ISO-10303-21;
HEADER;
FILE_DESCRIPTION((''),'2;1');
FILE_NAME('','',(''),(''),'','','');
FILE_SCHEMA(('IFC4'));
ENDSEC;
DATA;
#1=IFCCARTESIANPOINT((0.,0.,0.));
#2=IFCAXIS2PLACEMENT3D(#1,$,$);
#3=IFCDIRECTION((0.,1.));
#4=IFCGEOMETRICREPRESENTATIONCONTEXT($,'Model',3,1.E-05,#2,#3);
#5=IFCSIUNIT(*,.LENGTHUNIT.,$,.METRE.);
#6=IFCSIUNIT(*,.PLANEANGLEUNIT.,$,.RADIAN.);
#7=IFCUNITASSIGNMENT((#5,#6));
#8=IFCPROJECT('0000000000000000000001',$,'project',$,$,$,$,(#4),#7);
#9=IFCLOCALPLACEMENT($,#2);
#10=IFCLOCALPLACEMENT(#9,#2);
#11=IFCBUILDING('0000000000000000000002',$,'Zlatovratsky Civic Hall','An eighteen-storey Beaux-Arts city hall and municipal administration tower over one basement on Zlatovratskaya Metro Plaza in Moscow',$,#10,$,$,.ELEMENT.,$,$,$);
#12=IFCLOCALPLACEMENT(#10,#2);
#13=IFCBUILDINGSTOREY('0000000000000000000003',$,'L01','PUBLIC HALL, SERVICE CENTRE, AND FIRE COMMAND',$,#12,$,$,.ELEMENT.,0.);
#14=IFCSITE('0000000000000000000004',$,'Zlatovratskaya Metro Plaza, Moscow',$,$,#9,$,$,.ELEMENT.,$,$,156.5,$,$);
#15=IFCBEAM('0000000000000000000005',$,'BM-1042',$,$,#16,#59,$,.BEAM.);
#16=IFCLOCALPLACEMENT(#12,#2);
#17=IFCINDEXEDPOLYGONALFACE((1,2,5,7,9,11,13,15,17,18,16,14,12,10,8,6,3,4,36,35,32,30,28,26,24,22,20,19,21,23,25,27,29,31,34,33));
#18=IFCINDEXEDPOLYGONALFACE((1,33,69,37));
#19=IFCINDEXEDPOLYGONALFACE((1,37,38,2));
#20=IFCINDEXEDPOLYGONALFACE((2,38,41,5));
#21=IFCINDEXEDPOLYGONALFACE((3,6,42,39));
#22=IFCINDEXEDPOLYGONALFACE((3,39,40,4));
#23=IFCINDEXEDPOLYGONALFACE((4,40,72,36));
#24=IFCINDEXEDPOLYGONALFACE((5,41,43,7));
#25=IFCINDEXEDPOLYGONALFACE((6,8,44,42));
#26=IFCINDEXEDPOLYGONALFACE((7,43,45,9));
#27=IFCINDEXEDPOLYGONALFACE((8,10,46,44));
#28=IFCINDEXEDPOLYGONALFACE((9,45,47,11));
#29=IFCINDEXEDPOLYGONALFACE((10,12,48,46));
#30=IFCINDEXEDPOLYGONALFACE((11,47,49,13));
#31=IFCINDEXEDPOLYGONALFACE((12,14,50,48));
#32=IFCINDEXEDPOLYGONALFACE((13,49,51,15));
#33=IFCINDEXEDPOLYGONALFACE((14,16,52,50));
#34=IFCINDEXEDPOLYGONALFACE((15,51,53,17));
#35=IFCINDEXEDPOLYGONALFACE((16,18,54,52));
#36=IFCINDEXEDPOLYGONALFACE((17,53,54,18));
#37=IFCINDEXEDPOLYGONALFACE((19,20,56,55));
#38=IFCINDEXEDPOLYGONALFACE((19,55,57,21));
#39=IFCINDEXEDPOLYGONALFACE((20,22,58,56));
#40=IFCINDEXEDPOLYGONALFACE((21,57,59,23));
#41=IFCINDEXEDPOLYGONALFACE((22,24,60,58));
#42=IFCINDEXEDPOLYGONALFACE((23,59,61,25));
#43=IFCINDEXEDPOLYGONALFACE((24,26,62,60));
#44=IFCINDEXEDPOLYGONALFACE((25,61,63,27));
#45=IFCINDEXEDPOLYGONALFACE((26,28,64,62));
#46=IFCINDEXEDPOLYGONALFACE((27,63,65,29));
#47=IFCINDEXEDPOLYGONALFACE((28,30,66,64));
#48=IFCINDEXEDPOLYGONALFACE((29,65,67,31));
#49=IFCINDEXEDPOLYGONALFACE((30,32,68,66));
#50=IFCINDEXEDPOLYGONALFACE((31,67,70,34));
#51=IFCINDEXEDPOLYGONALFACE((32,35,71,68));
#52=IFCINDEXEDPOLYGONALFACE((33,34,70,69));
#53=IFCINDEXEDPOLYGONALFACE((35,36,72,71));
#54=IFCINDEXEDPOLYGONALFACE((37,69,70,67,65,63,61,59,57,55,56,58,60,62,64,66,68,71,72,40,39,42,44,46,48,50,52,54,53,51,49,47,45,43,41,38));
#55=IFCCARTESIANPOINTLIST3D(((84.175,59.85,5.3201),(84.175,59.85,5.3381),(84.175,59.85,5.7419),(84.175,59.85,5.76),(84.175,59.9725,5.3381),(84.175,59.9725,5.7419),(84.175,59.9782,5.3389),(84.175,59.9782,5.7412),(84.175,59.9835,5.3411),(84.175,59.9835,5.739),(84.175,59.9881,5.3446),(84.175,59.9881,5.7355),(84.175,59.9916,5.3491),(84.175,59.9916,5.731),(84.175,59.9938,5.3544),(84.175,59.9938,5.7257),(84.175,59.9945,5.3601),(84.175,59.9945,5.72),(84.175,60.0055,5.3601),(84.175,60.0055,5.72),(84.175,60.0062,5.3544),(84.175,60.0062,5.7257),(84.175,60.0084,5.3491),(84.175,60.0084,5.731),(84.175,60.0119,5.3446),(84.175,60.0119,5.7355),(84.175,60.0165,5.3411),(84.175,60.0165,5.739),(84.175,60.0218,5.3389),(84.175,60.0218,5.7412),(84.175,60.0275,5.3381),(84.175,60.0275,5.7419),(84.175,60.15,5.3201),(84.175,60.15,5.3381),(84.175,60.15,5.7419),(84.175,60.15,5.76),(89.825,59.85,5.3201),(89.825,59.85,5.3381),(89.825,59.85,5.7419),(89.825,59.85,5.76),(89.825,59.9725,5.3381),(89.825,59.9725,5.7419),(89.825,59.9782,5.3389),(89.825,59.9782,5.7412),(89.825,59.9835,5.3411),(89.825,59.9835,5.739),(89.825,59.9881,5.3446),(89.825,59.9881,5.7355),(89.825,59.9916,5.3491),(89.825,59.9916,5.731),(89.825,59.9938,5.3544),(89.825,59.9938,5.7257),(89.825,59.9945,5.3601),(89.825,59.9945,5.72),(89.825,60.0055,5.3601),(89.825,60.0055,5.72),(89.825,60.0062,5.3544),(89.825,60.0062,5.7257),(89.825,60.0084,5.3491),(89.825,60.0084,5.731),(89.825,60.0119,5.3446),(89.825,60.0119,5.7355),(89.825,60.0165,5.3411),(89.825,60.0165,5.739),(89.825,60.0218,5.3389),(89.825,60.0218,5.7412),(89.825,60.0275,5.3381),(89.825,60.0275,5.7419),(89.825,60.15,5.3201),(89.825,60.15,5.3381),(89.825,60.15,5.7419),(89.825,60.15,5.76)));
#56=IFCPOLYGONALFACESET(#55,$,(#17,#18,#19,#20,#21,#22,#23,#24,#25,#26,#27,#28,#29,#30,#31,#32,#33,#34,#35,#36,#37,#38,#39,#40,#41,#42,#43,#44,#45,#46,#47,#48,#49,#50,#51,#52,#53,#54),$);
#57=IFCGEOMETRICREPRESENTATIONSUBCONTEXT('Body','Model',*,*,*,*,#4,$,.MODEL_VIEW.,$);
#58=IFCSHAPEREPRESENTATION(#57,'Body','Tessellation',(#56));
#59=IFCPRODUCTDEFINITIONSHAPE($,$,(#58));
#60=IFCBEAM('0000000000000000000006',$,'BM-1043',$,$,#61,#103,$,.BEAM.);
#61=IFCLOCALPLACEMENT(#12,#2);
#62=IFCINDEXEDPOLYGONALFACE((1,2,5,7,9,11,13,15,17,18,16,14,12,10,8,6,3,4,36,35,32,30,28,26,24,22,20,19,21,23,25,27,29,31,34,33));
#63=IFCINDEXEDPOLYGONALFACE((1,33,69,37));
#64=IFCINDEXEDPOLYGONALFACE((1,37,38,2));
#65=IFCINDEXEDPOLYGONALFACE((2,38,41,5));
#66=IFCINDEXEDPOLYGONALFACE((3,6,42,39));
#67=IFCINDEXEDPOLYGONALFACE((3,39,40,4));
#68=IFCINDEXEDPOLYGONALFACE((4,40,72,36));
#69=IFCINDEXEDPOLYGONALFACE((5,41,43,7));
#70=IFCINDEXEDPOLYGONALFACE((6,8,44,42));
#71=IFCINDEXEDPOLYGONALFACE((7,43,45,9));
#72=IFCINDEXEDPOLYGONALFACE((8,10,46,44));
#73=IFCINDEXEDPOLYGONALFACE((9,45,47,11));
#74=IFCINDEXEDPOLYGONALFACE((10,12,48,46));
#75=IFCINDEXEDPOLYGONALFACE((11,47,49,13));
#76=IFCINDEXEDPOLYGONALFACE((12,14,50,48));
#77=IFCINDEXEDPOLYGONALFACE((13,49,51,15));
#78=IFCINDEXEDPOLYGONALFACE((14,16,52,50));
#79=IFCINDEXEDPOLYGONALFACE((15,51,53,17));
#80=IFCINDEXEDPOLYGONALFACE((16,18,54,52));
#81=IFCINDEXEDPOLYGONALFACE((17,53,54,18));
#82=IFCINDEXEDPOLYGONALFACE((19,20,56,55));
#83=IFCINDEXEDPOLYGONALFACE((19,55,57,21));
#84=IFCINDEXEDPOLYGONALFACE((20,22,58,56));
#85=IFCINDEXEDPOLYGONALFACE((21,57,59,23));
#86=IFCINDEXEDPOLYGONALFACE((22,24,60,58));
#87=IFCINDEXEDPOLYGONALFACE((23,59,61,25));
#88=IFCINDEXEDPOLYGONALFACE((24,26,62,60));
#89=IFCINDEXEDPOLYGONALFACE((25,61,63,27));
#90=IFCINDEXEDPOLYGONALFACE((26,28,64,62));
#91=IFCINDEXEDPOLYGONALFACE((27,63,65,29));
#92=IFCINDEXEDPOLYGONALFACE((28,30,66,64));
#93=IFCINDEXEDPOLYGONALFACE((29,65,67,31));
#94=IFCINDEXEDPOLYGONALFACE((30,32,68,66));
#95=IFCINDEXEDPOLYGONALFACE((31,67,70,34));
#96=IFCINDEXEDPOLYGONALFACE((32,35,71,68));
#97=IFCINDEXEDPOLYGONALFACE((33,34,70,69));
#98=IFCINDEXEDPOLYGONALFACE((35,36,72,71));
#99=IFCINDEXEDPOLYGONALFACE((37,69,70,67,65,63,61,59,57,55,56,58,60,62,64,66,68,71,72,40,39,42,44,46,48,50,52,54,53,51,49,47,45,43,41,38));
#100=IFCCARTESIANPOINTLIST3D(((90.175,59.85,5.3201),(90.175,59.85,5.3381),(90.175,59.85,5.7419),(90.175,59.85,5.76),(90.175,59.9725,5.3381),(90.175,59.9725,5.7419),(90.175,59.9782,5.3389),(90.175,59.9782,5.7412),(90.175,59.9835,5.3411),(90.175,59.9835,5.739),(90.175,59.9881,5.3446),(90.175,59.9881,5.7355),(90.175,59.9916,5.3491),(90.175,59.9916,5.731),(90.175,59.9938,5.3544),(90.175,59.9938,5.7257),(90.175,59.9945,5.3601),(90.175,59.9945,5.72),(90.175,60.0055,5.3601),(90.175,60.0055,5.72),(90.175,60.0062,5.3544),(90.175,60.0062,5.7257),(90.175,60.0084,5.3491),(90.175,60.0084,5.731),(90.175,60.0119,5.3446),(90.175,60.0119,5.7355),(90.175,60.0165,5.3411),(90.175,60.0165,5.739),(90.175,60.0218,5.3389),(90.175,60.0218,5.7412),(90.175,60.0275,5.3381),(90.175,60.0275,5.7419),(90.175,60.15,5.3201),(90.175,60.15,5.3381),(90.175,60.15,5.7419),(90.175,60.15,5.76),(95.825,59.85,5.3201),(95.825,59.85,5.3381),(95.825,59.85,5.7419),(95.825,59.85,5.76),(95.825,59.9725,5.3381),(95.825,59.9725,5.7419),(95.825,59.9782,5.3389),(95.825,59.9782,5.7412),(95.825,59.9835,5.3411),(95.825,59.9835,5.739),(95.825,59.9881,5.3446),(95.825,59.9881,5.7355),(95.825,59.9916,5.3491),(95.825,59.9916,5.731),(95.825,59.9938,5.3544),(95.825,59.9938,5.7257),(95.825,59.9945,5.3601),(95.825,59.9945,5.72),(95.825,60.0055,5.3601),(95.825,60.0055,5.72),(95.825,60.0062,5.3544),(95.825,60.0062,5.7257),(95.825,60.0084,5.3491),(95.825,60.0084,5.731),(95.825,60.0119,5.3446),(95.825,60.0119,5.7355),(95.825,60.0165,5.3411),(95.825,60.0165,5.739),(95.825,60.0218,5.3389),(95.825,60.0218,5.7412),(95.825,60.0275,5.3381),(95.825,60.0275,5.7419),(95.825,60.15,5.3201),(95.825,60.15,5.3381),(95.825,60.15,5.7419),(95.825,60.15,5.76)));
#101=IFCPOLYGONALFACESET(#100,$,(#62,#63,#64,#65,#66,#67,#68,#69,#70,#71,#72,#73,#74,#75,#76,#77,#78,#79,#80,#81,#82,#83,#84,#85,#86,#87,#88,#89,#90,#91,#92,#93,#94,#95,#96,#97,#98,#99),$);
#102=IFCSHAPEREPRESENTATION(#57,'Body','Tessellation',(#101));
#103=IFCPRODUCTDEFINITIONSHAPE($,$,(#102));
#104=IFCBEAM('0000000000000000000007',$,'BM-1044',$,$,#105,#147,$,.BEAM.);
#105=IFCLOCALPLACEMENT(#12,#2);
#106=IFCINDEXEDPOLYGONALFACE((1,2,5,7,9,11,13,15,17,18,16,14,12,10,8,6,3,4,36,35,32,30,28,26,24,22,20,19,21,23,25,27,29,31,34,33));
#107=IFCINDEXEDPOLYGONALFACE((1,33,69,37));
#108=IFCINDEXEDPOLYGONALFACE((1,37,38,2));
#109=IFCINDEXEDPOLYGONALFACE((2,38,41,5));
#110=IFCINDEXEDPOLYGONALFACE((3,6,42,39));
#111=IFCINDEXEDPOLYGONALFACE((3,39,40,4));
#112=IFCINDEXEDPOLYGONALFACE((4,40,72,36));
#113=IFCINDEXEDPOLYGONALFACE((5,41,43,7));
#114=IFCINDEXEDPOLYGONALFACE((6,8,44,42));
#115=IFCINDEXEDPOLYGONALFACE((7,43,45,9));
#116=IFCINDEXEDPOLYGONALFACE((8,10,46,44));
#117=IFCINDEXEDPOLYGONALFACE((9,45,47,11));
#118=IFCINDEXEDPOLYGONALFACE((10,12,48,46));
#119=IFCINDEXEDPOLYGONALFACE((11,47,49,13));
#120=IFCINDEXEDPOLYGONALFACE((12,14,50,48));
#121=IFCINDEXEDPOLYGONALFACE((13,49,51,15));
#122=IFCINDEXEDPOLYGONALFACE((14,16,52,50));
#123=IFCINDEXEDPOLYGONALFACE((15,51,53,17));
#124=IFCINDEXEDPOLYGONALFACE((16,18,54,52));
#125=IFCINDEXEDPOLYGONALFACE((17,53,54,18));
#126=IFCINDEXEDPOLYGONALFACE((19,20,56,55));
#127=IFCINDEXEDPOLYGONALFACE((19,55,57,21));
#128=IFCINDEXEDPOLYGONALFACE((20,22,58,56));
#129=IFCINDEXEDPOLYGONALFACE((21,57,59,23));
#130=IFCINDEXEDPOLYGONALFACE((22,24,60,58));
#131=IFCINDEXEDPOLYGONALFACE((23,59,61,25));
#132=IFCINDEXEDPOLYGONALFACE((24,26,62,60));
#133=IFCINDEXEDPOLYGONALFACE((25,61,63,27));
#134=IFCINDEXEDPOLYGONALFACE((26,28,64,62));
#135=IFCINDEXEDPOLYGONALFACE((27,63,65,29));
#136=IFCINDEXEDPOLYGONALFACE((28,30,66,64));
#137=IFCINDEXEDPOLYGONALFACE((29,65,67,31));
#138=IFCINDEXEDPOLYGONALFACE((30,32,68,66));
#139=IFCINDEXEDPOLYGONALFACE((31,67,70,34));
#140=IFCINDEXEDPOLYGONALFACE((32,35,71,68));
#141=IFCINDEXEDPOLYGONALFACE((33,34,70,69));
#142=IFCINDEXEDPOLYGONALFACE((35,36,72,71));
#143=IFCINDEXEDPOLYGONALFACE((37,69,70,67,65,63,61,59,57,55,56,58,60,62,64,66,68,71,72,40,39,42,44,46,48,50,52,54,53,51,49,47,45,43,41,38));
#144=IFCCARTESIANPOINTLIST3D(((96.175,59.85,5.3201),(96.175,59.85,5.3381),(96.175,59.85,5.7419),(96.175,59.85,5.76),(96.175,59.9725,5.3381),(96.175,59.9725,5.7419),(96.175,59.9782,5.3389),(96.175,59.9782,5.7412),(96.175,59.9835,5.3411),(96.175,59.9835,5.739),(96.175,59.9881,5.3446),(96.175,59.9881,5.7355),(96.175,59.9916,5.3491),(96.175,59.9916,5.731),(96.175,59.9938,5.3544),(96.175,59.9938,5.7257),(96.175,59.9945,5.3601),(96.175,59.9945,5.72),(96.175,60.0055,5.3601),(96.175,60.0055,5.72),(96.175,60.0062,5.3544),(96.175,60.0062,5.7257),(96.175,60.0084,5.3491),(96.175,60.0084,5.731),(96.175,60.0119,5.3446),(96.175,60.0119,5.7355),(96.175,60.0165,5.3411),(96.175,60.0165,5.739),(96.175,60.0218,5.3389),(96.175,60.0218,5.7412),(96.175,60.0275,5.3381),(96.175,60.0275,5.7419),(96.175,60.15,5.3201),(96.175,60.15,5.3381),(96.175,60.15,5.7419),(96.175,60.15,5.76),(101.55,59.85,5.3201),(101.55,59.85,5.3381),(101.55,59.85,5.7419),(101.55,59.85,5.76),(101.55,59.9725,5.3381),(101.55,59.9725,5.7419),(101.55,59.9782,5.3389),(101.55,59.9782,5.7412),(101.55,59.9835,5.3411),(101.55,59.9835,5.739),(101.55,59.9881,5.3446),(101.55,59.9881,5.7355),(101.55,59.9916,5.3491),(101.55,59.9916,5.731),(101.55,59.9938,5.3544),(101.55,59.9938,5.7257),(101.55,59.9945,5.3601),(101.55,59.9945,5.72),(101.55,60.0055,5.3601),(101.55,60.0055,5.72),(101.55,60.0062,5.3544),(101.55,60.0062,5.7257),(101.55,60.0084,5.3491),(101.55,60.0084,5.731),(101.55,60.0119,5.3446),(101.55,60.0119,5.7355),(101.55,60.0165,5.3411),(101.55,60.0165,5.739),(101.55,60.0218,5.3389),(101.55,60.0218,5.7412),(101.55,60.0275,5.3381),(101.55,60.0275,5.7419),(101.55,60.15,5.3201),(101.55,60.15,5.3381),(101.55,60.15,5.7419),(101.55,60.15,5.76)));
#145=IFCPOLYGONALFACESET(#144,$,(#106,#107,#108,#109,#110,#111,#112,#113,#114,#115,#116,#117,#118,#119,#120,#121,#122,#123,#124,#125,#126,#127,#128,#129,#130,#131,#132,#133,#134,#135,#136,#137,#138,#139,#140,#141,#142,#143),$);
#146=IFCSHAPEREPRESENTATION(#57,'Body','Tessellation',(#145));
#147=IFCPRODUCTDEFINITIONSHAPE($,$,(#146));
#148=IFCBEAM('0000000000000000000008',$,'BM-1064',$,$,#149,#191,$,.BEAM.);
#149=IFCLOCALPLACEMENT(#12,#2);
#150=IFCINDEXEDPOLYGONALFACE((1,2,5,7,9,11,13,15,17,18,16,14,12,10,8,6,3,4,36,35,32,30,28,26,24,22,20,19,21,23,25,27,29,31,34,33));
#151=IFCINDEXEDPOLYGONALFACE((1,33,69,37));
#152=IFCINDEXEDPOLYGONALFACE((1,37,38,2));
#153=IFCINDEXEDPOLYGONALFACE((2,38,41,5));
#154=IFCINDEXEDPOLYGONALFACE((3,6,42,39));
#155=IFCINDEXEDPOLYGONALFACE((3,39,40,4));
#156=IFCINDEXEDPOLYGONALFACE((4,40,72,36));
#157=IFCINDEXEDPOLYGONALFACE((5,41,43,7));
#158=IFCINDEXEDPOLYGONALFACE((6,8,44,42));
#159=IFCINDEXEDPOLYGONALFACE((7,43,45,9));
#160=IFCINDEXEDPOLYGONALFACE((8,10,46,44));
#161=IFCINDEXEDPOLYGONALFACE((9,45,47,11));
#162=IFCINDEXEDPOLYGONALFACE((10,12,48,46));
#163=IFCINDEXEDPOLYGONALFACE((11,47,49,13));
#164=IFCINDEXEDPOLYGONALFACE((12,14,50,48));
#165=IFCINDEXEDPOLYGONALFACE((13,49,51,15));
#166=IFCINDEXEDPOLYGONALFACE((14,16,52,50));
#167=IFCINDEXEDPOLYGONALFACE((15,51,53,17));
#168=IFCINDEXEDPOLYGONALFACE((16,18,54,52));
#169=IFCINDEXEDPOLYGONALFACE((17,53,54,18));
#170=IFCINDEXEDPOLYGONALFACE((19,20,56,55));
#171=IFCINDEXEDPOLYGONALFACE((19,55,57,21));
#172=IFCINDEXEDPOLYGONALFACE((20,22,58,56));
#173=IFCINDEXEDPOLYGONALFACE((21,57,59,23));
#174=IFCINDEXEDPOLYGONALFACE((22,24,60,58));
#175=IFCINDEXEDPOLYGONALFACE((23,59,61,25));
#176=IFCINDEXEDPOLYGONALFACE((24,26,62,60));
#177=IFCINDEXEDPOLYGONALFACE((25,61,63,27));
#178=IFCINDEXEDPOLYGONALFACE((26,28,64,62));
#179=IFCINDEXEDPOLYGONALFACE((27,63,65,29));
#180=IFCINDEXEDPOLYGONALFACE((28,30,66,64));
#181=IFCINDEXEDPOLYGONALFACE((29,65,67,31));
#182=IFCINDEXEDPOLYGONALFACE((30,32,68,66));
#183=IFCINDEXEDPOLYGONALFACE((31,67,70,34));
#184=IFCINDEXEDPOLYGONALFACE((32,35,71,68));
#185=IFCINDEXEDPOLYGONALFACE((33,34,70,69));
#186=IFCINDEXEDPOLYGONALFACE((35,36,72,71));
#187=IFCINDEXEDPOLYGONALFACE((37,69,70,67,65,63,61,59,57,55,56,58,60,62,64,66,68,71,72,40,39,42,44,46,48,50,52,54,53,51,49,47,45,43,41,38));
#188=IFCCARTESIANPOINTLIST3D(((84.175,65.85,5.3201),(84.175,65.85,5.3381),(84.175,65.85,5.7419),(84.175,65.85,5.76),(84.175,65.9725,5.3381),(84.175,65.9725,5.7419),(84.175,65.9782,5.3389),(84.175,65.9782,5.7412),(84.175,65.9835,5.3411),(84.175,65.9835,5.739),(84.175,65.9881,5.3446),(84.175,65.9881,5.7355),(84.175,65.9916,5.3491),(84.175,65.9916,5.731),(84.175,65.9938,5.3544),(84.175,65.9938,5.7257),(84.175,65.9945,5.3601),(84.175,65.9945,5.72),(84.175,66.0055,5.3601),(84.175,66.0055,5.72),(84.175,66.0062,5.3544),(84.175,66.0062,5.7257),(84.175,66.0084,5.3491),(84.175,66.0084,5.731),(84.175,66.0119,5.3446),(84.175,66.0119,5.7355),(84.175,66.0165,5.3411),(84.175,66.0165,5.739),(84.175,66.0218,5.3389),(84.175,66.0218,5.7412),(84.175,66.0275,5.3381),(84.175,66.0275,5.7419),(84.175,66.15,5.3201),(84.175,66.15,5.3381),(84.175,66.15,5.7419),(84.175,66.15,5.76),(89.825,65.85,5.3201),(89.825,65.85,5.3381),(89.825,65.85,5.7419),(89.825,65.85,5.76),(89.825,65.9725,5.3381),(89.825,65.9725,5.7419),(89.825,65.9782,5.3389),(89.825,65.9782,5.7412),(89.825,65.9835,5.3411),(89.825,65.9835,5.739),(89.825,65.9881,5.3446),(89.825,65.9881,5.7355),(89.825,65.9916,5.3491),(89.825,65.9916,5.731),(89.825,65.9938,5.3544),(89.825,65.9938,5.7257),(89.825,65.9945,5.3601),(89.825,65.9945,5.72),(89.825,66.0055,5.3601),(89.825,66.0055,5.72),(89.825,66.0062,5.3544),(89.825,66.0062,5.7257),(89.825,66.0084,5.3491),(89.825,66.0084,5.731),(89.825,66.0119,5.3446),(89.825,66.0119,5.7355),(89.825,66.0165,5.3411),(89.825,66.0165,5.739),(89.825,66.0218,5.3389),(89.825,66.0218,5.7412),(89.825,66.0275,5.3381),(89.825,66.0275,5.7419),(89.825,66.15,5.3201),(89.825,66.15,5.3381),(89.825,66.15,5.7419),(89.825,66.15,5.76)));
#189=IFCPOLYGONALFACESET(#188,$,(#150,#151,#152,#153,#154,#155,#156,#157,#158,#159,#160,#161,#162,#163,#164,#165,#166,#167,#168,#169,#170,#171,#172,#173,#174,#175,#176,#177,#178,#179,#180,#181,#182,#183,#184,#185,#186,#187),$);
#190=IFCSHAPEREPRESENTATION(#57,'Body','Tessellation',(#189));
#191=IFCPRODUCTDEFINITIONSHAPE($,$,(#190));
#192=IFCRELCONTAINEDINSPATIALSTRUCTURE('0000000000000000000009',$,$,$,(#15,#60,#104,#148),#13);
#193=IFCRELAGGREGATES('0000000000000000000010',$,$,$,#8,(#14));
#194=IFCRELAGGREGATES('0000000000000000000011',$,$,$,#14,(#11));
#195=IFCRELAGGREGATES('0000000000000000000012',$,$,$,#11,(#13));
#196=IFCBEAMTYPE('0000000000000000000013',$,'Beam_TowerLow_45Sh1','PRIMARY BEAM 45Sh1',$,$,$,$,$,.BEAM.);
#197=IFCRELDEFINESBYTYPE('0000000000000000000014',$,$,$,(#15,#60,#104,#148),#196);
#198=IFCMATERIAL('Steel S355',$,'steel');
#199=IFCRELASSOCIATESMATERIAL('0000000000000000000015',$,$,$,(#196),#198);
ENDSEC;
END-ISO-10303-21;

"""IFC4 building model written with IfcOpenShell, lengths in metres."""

from ifc_helpers import new_model, si_unit, direction, frame, origin, origin_2d, place, context, subcontext, project, spatial, i_section, extrude, material, material_profile, profile_set, type_object, element, save


model = new_model("IFC4")

# Units and contexts
model_context = context("Model", 3, precision=1e-05, world=origin(), true_north=direction((0.0, 1.0)))
body_context = subcontext(model_context, "Body", "Model", "MODEL_VIEW")
ifc_project = project(units=[si_unit("LENGTHUNIT", "METRE"), si_unit("PLANEANGLEUNIT", "RADIAN")], contexts=[model_context])

# Site, building, storey
site_placement = place(None, origin())
site = spatial("IfcSite", under=ifc_project, at=site_placement, Name="Zlatovratskaya Metro Plaza, Moscow", CompositionType="ELEMENT", RefElevation=156.5)
building_placement = place(site_placement, origin())
building = spatial("IfcBuilding", under=site, at=building_placement, Name="Zlatovratsky Civic Hall", Description="An eighteen-storey Beaux-Arts city hall and municipal administration tower over one basement on Zlatovratskaya Metro Plaza in Moscow", CompositionType="ELEMENT")
storey_placement = place(building_placement, origin())
storey = spatial("IfcBuildingStorey", under=building, at=storey_placement, Name="L01", Description="PUBLIC HALL, SERVICE CENTRE, AND FIRE COMMAND", CompositionType="ELEMENT", Elevation=0.0)

# Shared definitions
ifc_material_1 = material(Name="Steel S355", Category="steel")

# Beams
ifc_material_profile_1 = material_profile(ifc_material_1, i_section(OverallWidth=0.3, OverallDepth=0.4399, WebThickness=0.011, FlangeThickness=0.0181, FilletRadius=0.022, at=origin_2d()), Name="45Sh1")
ifc_profile_set_1 = profile_set([ifc_material_profile_1], Name="Steel S355")
beam_type = type_object("IfcBeamType", Name="Beam_TowerLow_45Sh1", Description="PRIMARY BEAM 45Sh1", PredefinedType="BEAM", material=ifc_profile_set_1)
for number, where, z_axis, x_axis, name in (
    (1, (84.175, 60.0, 5.54), (1.0, 0.0, 0.0), (0.0, 1.0, 0.0), "BM-1042"),
    (2, (90.175, 60.0, 5.54), (1.0, 0.0, 0.0), (0.0, 1.0, 0.0), "BM-1043"),
):
    element("IfcBeam", number, at=place(storey_placement, frame(where, z_axis=z_axis, x_axis=x_axis)), inside=storey, type_object=beam_type, Name=name, PredefinedType="BEAM", context=body_context, shape_type="SweptSolid", body=[
        extrude(i_section(OverallWidth=0.3, OverallDepth=0.4399, WebThickness=0.011, FlangeThickness=0.0181, FilletRadius=0.022, at=origin_2d()), origin(), (0.0, 0.0, 1.0), 5.6499),
    ])
beam_1_placement = place(storey_placement, frame((96.175, 60.0, 5.54), z_axis=(1.0, 0.0, 0.0), x_axis=(0.0, 1.0, 0.0)))
element("IfcBeam", 3, at=beam_1_placement, inside=storey, type_object=beam_type, Name="BM-1044", PredefinedType="BEAM", context=body_context, shape_type="SweptSolid", body=[
    extrude(i_section(OverallWidth=0.3, OverallDepth=0.4399, WebThickness=0.011, FlangeThickness=0.0181, FilletRadius=0.022, at=origin_2d()), origin(), (0.0, 0.0, 1.0), 5.375),
])
for number, where, z_axis, x_axis, name in (
    (4, (84.175, 66.0, 5.54), (1.0, 0.0, 0.0), (0.0, 1.0, 0.0), "BM-1064"),
):
    element("IfcBeam", number, at=place(storey_placement, frame(where, z_axis=z_axis, x_axis=x_axis)), inside=storey, type_object=beam_type, Name=name, PredefinedType="BEAM", context=body_context, shape_type="SweptSolid", body=[
        extrude(i_section(OverallWidth=0.3, OverallDepth=0.4399, WebThickness=0.011, FlangeThickness=0.0181, FilletRadius=0.022, at=origin_2d()), origin(), (0.0, 0.0, 1.0), 5.6499),
    ])

save(model, "model.ifc")
